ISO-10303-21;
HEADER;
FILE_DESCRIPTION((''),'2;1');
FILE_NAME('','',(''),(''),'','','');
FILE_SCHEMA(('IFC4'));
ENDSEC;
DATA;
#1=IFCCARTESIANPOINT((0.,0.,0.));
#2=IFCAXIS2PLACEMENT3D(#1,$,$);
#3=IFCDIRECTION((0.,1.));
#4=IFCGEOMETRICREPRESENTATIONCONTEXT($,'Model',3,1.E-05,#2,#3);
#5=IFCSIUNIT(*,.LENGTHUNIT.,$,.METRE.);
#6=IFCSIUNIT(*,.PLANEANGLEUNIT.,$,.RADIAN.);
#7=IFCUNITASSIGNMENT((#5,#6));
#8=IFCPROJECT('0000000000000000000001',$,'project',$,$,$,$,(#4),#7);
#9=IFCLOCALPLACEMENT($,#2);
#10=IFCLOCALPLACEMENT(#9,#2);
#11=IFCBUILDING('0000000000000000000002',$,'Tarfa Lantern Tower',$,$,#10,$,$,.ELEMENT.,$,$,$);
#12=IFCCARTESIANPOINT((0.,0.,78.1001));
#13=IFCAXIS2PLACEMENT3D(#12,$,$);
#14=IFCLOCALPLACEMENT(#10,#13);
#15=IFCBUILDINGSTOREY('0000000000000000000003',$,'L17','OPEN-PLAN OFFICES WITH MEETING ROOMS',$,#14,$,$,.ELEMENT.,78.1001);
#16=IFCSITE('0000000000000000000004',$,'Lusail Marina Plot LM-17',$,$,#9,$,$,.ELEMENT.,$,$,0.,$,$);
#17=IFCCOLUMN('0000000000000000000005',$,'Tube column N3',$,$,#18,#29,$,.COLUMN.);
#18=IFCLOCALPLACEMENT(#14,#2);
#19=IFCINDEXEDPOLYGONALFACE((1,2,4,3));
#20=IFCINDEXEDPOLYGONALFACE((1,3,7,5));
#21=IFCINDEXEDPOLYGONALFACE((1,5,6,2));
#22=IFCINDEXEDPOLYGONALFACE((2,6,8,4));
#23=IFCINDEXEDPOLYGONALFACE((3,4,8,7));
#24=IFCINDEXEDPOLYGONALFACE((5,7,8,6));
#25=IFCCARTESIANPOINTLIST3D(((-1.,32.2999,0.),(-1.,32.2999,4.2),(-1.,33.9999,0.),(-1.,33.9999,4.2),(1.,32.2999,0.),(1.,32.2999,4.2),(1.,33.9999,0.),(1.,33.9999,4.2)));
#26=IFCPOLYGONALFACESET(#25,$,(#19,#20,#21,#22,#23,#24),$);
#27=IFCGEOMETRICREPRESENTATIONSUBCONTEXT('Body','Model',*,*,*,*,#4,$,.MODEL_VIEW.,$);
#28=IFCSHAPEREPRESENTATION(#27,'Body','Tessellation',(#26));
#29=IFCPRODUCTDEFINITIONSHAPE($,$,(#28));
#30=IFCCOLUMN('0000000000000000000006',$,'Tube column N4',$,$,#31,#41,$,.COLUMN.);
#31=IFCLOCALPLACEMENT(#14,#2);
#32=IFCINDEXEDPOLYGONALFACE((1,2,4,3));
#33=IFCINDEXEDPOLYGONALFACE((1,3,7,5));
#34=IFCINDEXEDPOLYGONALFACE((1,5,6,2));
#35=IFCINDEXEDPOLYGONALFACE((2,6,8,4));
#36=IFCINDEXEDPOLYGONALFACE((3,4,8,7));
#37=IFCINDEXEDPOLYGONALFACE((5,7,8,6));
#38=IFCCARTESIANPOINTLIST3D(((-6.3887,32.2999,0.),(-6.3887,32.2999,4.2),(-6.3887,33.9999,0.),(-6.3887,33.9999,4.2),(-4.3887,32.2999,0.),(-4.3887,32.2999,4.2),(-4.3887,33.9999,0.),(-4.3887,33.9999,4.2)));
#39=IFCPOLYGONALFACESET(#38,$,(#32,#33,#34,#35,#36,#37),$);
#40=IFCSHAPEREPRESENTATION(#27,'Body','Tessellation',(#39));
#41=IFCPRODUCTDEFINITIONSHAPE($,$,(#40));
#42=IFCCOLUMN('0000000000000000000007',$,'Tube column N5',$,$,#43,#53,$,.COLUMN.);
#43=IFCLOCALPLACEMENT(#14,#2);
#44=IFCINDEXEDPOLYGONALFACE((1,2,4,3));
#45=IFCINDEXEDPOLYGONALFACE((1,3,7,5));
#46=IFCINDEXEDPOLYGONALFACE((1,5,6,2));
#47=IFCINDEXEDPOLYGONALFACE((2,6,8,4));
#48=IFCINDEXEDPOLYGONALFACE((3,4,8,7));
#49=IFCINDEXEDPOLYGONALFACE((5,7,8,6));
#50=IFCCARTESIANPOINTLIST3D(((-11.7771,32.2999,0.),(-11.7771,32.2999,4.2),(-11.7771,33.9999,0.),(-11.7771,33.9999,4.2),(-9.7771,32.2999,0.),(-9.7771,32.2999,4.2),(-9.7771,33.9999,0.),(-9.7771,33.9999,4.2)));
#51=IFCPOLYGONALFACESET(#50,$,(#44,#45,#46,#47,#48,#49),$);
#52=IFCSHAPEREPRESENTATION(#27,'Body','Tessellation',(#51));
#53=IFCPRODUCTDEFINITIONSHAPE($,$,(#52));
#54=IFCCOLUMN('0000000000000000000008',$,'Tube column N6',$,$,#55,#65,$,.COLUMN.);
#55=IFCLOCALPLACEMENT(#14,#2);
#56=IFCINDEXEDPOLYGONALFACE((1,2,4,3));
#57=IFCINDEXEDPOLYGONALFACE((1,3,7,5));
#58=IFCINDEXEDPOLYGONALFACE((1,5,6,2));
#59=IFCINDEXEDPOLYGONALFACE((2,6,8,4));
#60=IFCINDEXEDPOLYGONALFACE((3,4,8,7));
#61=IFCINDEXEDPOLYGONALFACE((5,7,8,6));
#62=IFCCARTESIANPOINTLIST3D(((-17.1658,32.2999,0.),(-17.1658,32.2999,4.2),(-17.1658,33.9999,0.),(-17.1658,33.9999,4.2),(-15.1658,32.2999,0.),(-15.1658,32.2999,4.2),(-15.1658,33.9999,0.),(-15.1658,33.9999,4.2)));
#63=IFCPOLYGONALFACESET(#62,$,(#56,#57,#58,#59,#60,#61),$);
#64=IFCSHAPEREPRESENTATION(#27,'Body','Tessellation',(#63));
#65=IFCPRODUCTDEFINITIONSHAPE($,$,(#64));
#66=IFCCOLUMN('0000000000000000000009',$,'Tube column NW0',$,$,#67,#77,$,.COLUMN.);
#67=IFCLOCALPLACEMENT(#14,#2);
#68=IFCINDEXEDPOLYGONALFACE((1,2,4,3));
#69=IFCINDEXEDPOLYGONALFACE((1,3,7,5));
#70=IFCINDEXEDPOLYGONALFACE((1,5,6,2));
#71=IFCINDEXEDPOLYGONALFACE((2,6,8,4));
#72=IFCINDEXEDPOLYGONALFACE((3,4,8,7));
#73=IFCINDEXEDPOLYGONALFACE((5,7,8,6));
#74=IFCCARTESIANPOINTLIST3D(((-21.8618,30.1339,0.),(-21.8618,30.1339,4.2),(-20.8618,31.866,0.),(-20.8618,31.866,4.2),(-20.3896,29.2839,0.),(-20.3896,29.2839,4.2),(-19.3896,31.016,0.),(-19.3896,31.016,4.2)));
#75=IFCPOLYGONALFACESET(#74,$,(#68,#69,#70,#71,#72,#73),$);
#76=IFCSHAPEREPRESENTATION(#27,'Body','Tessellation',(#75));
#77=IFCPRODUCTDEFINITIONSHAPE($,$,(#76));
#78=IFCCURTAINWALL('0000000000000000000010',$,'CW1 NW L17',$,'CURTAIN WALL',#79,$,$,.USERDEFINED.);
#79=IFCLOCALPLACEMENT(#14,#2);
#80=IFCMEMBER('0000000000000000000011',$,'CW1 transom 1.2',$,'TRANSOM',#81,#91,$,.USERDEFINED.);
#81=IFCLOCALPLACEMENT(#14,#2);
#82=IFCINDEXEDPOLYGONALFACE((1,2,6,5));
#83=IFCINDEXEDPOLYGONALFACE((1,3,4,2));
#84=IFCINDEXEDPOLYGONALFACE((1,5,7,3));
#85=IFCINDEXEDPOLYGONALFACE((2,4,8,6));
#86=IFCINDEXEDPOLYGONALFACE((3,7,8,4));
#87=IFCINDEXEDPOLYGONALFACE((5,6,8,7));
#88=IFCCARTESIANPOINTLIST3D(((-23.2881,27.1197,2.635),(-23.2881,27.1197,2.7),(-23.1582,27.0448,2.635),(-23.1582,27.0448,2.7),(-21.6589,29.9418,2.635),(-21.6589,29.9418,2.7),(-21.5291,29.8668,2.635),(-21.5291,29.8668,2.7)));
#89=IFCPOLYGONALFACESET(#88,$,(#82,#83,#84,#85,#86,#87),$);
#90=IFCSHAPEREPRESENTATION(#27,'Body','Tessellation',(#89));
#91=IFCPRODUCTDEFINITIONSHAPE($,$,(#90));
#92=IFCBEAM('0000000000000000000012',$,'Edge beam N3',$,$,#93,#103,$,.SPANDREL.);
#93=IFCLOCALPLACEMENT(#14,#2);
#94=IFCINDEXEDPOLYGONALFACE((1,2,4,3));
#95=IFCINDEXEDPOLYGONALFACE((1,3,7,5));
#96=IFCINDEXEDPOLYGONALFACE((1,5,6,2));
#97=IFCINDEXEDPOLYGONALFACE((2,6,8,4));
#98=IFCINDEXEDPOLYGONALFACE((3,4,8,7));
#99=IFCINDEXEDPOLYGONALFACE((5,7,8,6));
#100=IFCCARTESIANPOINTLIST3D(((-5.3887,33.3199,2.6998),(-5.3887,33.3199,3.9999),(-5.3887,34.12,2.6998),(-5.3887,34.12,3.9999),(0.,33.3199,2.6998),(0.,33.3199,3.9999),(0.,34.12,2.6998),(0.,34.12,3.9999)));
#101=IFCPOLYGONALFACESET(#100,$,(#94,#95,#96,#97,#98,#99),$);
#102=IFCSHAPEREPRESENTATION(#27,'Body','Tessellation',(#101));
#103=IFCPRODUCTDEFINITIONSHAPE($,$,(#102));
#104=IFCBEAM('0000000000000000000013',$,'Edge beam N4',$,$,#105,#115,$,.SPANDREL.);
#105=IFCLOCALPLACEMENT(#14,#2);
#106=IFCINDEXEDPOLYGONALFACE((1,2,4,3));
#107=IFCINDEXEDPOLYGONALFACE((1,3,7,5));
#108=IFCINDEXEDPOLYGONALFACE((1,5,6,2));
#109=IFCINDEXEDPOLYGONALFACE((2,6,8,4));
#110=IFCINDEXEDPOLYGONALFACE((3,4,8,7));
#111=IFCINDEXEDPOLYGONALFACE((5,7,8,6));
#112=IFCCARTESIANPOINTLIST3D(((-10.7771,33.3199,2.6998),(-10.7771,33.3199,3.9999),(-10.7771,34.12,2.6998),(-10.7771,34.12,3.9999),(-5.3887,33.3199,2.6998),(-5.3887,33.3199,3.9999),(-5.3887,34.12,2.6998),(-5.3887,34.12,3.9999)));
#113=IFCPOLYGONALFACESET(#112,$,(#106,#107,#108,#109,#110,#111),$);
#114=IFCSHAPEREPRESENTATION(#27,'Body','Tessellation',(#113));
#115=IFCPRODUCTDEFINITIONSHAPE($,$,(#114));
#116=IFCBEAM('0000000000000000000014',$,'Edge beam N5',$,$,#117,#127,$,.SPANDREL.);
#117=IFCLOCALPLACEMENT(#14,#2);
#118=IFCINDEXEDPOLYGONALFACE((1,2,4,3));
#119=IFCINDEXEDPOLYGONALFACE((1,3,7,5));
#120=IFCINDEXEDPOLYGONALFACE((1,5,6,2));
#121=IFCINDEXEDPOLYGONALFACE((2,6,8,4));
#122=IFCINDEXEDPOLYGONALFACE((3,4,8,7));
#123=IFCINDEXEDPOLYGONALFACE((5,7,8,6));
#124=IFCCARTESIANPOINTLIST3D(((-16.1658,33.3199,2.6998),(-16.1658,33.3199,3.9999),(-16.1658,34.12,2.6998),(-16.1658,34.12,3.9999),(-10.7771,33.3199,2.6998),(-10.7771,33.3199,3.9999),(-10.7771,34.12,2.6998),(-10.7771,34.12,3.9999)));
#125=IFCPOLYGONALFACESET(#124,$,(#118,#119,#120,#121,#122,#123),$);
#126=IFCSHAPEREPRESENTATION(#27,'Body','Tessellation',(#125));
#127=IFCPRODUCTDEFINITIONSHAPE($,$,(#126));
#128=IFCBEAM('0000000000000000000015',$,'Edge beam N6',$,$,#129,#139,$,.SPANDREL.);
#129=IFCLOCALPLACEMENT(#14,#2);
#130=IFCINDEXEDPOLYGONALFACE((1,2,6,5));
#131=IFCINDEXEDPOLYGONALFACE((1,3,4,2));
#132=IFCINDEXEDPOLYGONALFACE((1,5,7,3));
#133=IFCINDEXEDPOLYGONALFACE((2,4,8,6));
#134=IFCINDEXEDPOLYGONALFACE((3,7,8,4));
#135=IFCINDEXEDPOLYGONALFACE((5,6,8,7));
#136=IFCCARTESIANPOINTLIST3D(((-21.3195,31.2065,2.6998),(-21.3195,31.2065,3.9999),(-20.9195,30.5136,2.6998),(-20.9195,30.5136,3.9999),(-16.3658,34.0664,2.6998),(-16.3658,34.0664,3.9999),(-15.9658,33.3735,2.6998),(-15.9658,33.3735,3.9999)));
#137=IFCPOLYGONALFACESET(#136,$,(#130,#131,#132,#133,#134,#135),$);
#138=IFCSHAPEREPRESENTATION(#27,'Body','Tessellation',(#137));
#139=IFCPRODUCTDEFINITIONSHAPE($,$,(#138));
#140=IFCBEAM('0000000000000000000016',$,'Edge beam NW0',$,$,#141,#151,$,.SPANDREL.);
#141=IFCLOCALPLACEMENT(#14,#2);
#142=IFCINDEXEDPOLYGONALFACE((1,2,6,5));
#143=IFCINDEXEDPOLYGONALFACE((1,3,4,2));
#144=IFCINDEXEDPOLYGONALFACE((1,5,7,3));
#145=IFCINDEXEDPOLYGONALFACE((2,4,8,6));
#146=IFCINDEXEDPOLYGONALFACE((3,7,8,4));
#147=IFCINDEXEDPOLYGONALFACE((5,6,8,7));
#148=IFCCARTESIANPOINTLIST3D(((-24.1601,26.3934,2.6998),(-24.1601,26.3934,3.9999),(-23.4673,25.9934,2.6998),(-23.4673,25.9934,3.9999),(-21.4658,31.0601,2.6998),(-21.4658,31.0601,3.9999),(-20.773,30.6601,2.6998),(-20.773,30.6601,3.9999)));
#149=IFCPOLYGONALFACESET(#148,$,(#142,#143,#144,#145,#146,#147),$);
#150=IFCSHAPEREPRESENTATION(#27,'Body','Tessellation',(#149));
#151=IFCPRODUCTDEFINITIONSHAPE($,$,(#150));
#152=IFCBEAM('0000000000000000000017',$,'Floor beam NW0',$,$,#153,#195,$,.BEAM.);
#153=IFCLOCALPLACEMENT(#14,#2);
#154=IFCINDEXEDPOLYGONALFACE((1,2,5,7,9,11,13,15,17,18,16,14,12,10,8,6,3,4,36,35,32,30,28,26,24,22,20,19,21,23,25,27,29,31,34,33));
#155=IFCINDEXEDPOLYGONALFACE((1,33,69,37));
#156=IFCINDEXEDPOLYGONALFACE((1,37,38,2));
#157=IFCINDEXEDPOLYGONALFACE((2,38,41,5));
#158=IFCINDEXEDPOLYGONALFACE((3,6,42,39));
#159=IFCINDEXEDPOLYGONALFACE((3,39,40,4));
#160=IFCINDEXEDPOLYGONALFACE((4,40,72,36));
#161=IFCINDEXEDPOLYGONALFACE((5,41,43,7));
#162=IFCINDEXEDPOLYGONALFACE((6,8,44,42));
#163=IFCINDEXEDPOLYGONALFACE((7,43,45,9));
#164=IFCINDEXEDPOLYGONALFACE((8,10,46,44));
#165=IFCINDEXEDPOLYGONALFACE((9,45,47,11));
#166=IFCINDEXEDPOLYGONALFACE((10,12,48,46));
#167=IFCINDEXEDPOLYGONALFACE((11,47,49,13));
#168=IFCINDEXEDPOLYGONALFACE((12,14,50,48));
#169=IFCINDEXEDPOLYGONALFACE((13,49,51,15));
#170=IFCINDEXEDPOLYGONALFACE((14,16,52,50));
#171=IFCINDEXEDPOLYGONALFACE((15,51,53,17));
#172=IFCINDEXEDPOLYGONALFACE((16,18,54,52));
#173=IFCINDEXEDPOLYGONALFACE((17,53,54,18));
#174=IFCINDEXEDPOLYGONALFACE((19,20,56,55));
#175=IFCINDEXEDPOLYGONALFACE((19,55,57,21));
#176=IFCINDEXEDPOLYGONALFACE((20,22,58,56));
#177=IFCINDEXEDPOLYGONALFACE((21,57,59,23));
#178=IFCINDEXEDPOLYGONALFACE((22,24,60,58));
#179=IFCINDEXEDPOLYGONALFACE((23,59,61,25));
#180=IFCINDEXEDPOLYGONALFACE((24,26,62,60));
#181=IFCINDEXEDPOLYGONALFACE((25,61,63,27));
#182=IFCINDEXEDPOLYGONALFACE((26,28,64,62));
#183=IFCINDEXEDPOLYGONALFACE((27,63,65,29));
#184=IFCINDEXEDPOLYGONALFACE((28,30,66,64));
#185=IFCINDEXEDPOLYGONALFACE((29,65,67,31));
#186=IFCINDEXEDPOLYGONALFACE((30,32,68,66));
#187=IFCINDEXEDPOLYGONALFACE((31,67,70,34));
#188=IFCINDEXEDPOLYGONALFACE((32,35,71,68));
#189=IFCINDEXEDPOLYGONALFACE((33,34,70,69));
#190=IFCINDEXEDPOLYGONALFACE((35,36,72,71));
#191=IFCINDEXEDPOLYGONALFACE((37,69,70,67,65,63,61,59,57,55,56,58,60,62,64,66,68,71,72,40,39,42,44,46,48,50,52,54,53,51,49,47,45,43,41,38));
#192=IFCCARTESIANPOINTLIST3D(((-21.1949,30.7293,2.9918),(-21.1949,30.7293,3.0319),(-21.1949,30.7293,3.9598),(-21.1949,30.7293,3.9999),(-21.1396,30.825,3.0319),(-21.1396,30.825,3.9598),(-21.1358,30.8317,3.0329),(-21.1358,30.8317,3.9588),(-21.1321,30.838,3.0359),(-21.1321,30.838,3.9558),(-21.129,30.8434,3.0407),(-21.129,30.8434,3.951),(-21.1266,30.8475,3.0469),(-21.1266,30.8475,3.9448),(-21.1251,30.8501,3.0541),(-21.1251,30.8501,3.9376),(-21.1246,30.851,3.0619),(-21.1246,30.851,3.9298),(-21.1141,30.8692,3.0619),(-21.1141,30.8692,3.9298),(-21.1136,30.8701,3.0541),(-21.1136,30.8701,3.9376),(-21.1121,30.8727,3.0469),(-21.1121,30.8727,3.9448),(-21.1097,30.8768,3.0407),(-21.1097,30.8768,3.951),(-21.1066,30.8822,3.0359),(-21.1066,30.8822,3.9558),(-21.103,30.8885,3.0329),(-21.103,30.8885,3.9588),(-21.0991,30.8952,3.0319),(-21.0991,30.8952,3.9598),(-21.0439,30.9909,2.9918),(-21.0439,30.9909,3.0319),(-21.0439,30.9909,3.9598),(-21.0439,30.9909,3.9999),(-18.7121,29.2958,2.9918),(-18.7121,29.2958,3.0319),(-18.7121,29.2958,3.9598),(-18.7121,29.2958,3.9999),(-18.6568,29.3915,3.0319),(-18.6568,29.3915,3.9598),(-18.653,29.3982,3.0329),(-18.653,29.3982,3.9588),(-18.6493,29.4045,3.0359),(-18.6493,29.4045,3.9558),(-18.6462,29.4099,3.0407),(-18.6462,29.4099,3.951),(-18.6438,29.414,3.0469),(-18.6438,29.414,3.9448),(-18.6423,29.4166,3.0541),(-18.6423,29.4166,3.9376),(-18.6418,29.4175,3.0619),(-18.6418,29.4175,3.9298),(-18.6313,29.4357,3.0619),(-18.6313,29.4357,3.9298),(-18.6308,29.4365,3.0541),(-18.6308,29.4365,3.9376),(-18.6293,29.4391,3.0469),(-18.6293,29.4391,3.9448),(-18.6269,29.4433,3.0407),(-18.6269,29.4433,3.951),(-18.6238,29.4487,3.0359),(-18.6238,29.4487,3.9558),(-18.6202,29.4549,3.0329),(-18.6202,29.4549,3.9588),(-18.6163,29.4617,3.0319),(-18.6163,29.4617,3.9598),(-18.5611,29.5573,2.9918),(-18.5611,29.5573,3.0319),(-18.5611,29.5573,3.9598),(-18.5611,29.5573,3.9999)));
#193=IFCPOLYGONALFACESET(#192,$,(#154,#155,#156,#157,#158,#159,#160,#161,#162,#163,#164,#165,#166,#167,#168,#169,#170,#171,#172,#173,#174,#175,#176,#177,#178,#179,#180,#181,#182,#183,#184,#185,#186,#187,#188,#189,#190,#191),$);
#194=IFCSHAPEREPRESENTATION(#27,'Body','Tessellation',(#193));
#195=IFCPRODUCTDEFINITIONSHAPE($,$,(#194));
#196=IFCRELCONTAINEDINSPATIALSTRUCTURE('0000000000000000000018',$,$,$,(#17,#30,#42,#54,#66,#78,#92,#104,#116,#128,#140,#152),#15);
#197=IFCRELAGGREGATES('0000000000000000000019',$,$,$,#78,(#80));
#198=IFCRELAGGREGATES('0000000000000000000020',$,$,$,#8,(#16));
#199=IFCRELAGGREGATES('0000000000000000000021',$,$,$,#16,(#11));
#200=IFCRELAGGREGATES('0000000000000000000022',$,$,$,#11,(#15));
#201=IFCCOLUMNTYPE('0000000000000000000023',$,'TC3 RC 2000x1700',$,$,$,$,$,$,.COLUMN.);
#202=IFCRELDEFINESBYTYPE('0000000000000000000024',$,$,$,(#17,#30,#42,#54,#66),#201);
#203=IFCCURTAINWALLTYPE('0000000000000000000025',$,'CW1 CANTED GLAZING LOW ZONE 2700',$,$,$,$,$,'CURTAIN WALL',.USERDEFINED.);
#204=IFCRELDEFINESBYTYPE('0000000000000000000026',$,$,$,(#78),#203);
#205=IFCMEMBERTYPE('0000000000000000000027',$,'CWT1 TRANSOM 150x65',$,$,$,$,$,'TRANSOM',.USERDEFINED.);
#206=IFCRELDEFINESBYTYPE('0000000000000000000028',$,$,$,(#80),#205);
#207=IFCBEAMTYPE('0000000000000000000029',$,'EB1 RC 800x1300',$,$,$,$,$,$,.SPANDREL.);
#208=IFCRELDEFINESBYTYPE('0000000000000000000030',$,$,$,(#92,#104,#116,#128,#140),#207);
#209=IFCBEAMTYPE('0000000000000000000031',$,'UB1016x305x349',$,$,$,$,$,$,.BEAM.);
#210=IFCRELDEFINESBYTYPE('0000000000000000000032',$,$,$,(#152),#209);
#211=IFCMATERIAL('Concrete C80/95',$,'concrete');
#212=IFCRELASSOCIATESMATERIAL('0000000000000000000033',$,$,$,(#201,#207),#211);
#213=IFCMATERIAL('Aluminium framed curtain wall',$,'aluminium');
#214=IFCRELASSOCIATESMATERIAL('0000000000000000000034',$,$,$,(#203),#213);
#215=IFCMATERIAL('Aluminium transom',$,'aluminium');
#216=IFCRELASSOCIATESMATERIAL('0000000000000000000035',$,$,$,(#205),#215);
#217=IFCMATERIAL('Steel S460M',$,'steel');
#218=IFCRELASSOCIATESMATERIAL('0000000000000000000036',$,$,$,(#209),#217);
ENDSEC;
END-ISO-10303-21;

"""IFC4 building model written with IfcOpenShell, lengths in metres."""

from ifc_helpers import new_model, si_unit, direction, frame, origin, origin_2d, place, context, subcontext, project, spatial, rectangle, i_section, extrude, material, material_profile, profile_set, type_object, element, aggregate, save


model = new_model("IFC4")

# Units and contexts
model_context = context("Model", 3, precision=1e-05, world=origin(), true_north=direction((0.0, 1.0)))
body_context = subcontext(model_context, "Body", "Model", "MODEL_VIEW")
ifc_project = project(units=[si_unit("LENGTHUNIT", "METRE"), si_unit("PLANEANGLEUNIT", "RADIAN")], contexts=[model_context])

# Site, building, storey
site_placement = place(None, origin())
site = spatial("IfcSite", under=ifc_project, at=site_placement, Name="Lusail Marina Plot LM-17", CompositionType="ELEMENT", RefElevation=0.0)
building_placement = place(site_placement, origin())
building = spatial("IfcBuilding", under=site, at=building_placement, Name="Tarfa Lantern Tower", CompositionType="ELEMENT")
storey_placement = place(building_placement, frame((0.0, 0.0, 78.1001)))
storey = spatial("IfcBuildingStorey", under=building, at=storey_placement, Name="L17", Description="OPEN-PLAN OFFICES WITH MEETING ROOMS", CompositionType="ELEMENT", Elevation=78.1001)

# Columns
ifc_material_1 = material(Name="Concrete C80/95", Category="concrete")
ifc_material_profile_1 = material_profile(ifc_material_1, rectangle(XDim=2.0, YDim=1.7, at=origin_2d()), Name="RC 2000x1700")
ifc_profile_set_1 = profile_set([ifc_material_profile_1], Name="Concrete C80/95")
column_type = type_object("IfcColumnType", Name="TC3 RC 2000x1700", PredefinedType="COLUMN", material=ifc_profile_set_1)
for number, where, z_axis, x_axis, name in (
    (1, (0.0, 33.1499, 0.0), (0.0, 0.0, 1.0), (-1.0, 0.0, 0.0), "Tube column N3"),
    (2, (-5.3887, 33.1499, 0.0), (0.0, 0.0, 1.0), (-1.0, 0.0, 0.0), "Tube column N4"),
    (3, (-10.7771, 33.1499, 0.0), (0.0, 0.0, 1.0), (-1.0, 0.0, 0.0), "Tube column N5"),
    (4, (-16.1658, 33.1499, 0.0), (0.0, 0.0, 1.0), (-1.0, 0.0, 0.0), "Tube column N6"),
    (5, (-20.6257, 30.575, 0.0), (0.0, 0.0, 1.0), (-0.5, -0.866025, 0.0), "Tube column NW0"),
):
    element("IfcColumn", number, at=place(storey_placement, frame(where, z_axis=z_axis, x_axis=x_axis)), inside=storey, type_object=column_type, Name=name, PredefinedType="COLUMN", context=body_context, shape_type="SweptSolid", body=[
        extrude(rectangle(XDim=2.0, YDim=1.7, at=origin_2d()), origin(), (0.0, 0.0, 1.0), 4.2),
    ])

# Curtain wall, member
ifc_material_2 = material(Name="Aluminium framed curtain wall", Category="aluminium")
curtain_wall_type = type_object("IfcCurtainWallType", Name="CW1 CANTED GLAZING LOW ZONE 2700", ElementType="CURTAIN WALL", PredefinedType="USERDEFINED", material=ifc_material_2)
curtain_wall_placement = place(storey_placement, origin())
curtain_wall = element("IfcCurtainWall", 6, at=curtain_wall_placement, inside=storey, type_object=curtain_wall_type, Name="CW1 NW L17", ObjectType="CURTAIN WALL", PredefinedType="USERDEFINED")
ifc_material_3 = material(Name="Aluminium transom", Category="aluminium")
ifc_material_profile_2 = material_profile(ifc_material_3, rectangle(XDim=0.1499, YDim=0.0649, at=origin_2d()), Name="AL TRANSOM 150x65")
ifc_profile_set_2 = profile_set([ifc_material_profile_2], Name="Aluminium transom")
member_type = type_object("IfcMemberType", Name="CWT1 TRANSOM 150x65", ElementType="TRANSOM", PredefinedType="USERDEFINED", material=ifc_profile_set_2)
member_placement = place(storey_placement, frame((-21.594, 29.9043, 2.6675), z_axis=(-0.499967, -0.866045, 0.0), x_axis=(0.866045, -0.499967, 0.0)))
member = element("IfcMember", 7, at=member_placement, type_object=member_type, Name="CW1 transom 1.2", ObjectType="TRANSOM", PredefinedType="USERDEFINED", context=body_context, shape_type="SweptSolid", body=[
    extrude(rectangle(XDim=0.1499, YDim=0.0649, at=origin_2d()), origin(), (0.0, 0.0, 1.0), 3.2585),
])
aggregate(curtain_wall, [member])

# Beams
ifc_material_profile_3 = material_profile(ifc_material_1, rectangle(XDim=0.8, YDim=1.3, at=origin_2d()), Name="RC 800x1300")
ifc_profile_set_3 = profile_set([ifc_material_profile_3], Name="Concrete C80/95")
beam_type_1 = type_object("IfcBeamType", Name="EB1 RC 800x1300", PredefinedType="SPANDREL", material=ifc_profile_set_3)
beam_1_placement = place(storey_placement, frame((0.0, 33.72, 3.3499), z_axis=(-1.0, 0.0, 0.0), x_axis=(0.0, -1.0, 0.0)))
element("IfcBeam", 8, at=beam_1_placement, inside=storey, type_object=beam_type_1, Name="Edge beam N3", PredefinedType="SPANDREL", context=body_context, shape_type="SweptSolid", body=[
    extrude(rectangle(XDim=0.8, YDim=1.3, at=origin_2d()), origin(), (0.0, 0.0, 1.0), 5.3887),
])
beam_2_placement = place(storey_placement, frame((-5.3887, 33.72, 3.3499), z_axis=(-1.0, 0.0, 0.0), x_axis=(0.0, -1.0, 0.0)))
element("IfcBeam", 9, at=beam_2_placement, inside=storey, type_object=beam_type_1, Name="Edge beam N4", PredefinedType="SPANDREL", context=body_context, shape_type="SweptSolid", body=[
    extrude(rectangle(XDim=0.8, YDim=1.3, at=origin_2d()), origin(), (0.0, 0.0, 1.0), 5.3884),
])
beam_3_placement = place(storey_placement, frame((-10.7771, 33.72, 3.3499), z_axis=(-1.0, 0.0, 0.0), x_axis=(0.0, -1.0, 0.0)))
element("IfcBeam", 10, at=beam_3_placement, inside=storey, type_object=beam_type_1, Name="Edge beam N5", PredefinedType="SPANDREL", context=body_context, shape_type="SweptSolid", body=[
    extrude(rectangle(XDim=0.8, YDim=1.3, at=origin_2d()), origin(), (0.0, 0.0, 1.0), 5.3887),
])
beam_4_placement = place(storey_placement, frame((-16.1658, 33.72, 3.3499), z_axis=(-0.866033, -0.499986, 0.0), x_axis=(0.499986, -0.866033, 0.0)))
element("IfcBeam", 11, at=beam_4_placement, inside=storey, type_object=beam_type_1, Name="Edge beam N6", PredefinedType="SPANDREL", context=body_context, shape_type="SweptSolid", body=[
    extrude(rectangle(XDim=0.8, YDim=1.3, at=origin_2d()), origin(), (0.0, 0.0, 1.0), 5.72),
])
beam_5_placement = place(storey_placement, frame((-21.1194, 30.8601, 3.3499), z_axis=(-0.499998, -0.866026, 0.0), x_axis=(0.866026, -0.499998, 0.0)))
element("IfcBeam", 12, at=beam_5_placement, inside=storey, type_object=beam_type_1, Name="Edge beam NW0", PredefinedType="SPANDREL", context=body_context, shape_type="SweptSolid", body=[
    extrude(rectangle(XDim=0.8, YDim=1.3, at=origin_2d()), origin(), (0.0, 0.0, 1.0), 5.3887),
])
ifc_material_4 = material(Name="Steel S460M", Category="steel")
ifc_material_profile_4 = material_profile(ifc_material_4, i_section(OverallWidth=0.302, OverallDepth=1.0081, WebThickness=0.021, FlangeThickness=0.04, FilletRadius=0.03, at=origin_2d()), Name="UB1016x305x349")
ifc_profile_set_4 = profile_set([ifc_material_profile_4], Name="Steel S460M")
beam_type_2 = type_object("IfcBeamType", Name="UB1016x305x349", PredefinedType="BEAM", material=ifc_profile_set_4)
beam_6_placement = place(storey_placement, frame((-21.1194, 30.8601, 3.4958), z_axis=(0.866013, -0.500022, 0.0), x_axis=(0.500022, 0.866013, 0.0)))
element("IfcBeam", 13, at=beam_6_placement, inside=storey, type_object=beam_type_2, Name="Floor beam NW0", PredefinedType="BEAM", context=body_context, shape_type="SweptSolid", body=[
    extrude(i_section(OverallWidth=0.302, OverallDepth=1.0081, WebThickness=0.021, FlangeThickness=0.04, FilletRadius=0.03, at=origin_2d()), origin(), (0.0, 0.0, 1.0), 2.8669),
])

save(model, "model.ifc")
